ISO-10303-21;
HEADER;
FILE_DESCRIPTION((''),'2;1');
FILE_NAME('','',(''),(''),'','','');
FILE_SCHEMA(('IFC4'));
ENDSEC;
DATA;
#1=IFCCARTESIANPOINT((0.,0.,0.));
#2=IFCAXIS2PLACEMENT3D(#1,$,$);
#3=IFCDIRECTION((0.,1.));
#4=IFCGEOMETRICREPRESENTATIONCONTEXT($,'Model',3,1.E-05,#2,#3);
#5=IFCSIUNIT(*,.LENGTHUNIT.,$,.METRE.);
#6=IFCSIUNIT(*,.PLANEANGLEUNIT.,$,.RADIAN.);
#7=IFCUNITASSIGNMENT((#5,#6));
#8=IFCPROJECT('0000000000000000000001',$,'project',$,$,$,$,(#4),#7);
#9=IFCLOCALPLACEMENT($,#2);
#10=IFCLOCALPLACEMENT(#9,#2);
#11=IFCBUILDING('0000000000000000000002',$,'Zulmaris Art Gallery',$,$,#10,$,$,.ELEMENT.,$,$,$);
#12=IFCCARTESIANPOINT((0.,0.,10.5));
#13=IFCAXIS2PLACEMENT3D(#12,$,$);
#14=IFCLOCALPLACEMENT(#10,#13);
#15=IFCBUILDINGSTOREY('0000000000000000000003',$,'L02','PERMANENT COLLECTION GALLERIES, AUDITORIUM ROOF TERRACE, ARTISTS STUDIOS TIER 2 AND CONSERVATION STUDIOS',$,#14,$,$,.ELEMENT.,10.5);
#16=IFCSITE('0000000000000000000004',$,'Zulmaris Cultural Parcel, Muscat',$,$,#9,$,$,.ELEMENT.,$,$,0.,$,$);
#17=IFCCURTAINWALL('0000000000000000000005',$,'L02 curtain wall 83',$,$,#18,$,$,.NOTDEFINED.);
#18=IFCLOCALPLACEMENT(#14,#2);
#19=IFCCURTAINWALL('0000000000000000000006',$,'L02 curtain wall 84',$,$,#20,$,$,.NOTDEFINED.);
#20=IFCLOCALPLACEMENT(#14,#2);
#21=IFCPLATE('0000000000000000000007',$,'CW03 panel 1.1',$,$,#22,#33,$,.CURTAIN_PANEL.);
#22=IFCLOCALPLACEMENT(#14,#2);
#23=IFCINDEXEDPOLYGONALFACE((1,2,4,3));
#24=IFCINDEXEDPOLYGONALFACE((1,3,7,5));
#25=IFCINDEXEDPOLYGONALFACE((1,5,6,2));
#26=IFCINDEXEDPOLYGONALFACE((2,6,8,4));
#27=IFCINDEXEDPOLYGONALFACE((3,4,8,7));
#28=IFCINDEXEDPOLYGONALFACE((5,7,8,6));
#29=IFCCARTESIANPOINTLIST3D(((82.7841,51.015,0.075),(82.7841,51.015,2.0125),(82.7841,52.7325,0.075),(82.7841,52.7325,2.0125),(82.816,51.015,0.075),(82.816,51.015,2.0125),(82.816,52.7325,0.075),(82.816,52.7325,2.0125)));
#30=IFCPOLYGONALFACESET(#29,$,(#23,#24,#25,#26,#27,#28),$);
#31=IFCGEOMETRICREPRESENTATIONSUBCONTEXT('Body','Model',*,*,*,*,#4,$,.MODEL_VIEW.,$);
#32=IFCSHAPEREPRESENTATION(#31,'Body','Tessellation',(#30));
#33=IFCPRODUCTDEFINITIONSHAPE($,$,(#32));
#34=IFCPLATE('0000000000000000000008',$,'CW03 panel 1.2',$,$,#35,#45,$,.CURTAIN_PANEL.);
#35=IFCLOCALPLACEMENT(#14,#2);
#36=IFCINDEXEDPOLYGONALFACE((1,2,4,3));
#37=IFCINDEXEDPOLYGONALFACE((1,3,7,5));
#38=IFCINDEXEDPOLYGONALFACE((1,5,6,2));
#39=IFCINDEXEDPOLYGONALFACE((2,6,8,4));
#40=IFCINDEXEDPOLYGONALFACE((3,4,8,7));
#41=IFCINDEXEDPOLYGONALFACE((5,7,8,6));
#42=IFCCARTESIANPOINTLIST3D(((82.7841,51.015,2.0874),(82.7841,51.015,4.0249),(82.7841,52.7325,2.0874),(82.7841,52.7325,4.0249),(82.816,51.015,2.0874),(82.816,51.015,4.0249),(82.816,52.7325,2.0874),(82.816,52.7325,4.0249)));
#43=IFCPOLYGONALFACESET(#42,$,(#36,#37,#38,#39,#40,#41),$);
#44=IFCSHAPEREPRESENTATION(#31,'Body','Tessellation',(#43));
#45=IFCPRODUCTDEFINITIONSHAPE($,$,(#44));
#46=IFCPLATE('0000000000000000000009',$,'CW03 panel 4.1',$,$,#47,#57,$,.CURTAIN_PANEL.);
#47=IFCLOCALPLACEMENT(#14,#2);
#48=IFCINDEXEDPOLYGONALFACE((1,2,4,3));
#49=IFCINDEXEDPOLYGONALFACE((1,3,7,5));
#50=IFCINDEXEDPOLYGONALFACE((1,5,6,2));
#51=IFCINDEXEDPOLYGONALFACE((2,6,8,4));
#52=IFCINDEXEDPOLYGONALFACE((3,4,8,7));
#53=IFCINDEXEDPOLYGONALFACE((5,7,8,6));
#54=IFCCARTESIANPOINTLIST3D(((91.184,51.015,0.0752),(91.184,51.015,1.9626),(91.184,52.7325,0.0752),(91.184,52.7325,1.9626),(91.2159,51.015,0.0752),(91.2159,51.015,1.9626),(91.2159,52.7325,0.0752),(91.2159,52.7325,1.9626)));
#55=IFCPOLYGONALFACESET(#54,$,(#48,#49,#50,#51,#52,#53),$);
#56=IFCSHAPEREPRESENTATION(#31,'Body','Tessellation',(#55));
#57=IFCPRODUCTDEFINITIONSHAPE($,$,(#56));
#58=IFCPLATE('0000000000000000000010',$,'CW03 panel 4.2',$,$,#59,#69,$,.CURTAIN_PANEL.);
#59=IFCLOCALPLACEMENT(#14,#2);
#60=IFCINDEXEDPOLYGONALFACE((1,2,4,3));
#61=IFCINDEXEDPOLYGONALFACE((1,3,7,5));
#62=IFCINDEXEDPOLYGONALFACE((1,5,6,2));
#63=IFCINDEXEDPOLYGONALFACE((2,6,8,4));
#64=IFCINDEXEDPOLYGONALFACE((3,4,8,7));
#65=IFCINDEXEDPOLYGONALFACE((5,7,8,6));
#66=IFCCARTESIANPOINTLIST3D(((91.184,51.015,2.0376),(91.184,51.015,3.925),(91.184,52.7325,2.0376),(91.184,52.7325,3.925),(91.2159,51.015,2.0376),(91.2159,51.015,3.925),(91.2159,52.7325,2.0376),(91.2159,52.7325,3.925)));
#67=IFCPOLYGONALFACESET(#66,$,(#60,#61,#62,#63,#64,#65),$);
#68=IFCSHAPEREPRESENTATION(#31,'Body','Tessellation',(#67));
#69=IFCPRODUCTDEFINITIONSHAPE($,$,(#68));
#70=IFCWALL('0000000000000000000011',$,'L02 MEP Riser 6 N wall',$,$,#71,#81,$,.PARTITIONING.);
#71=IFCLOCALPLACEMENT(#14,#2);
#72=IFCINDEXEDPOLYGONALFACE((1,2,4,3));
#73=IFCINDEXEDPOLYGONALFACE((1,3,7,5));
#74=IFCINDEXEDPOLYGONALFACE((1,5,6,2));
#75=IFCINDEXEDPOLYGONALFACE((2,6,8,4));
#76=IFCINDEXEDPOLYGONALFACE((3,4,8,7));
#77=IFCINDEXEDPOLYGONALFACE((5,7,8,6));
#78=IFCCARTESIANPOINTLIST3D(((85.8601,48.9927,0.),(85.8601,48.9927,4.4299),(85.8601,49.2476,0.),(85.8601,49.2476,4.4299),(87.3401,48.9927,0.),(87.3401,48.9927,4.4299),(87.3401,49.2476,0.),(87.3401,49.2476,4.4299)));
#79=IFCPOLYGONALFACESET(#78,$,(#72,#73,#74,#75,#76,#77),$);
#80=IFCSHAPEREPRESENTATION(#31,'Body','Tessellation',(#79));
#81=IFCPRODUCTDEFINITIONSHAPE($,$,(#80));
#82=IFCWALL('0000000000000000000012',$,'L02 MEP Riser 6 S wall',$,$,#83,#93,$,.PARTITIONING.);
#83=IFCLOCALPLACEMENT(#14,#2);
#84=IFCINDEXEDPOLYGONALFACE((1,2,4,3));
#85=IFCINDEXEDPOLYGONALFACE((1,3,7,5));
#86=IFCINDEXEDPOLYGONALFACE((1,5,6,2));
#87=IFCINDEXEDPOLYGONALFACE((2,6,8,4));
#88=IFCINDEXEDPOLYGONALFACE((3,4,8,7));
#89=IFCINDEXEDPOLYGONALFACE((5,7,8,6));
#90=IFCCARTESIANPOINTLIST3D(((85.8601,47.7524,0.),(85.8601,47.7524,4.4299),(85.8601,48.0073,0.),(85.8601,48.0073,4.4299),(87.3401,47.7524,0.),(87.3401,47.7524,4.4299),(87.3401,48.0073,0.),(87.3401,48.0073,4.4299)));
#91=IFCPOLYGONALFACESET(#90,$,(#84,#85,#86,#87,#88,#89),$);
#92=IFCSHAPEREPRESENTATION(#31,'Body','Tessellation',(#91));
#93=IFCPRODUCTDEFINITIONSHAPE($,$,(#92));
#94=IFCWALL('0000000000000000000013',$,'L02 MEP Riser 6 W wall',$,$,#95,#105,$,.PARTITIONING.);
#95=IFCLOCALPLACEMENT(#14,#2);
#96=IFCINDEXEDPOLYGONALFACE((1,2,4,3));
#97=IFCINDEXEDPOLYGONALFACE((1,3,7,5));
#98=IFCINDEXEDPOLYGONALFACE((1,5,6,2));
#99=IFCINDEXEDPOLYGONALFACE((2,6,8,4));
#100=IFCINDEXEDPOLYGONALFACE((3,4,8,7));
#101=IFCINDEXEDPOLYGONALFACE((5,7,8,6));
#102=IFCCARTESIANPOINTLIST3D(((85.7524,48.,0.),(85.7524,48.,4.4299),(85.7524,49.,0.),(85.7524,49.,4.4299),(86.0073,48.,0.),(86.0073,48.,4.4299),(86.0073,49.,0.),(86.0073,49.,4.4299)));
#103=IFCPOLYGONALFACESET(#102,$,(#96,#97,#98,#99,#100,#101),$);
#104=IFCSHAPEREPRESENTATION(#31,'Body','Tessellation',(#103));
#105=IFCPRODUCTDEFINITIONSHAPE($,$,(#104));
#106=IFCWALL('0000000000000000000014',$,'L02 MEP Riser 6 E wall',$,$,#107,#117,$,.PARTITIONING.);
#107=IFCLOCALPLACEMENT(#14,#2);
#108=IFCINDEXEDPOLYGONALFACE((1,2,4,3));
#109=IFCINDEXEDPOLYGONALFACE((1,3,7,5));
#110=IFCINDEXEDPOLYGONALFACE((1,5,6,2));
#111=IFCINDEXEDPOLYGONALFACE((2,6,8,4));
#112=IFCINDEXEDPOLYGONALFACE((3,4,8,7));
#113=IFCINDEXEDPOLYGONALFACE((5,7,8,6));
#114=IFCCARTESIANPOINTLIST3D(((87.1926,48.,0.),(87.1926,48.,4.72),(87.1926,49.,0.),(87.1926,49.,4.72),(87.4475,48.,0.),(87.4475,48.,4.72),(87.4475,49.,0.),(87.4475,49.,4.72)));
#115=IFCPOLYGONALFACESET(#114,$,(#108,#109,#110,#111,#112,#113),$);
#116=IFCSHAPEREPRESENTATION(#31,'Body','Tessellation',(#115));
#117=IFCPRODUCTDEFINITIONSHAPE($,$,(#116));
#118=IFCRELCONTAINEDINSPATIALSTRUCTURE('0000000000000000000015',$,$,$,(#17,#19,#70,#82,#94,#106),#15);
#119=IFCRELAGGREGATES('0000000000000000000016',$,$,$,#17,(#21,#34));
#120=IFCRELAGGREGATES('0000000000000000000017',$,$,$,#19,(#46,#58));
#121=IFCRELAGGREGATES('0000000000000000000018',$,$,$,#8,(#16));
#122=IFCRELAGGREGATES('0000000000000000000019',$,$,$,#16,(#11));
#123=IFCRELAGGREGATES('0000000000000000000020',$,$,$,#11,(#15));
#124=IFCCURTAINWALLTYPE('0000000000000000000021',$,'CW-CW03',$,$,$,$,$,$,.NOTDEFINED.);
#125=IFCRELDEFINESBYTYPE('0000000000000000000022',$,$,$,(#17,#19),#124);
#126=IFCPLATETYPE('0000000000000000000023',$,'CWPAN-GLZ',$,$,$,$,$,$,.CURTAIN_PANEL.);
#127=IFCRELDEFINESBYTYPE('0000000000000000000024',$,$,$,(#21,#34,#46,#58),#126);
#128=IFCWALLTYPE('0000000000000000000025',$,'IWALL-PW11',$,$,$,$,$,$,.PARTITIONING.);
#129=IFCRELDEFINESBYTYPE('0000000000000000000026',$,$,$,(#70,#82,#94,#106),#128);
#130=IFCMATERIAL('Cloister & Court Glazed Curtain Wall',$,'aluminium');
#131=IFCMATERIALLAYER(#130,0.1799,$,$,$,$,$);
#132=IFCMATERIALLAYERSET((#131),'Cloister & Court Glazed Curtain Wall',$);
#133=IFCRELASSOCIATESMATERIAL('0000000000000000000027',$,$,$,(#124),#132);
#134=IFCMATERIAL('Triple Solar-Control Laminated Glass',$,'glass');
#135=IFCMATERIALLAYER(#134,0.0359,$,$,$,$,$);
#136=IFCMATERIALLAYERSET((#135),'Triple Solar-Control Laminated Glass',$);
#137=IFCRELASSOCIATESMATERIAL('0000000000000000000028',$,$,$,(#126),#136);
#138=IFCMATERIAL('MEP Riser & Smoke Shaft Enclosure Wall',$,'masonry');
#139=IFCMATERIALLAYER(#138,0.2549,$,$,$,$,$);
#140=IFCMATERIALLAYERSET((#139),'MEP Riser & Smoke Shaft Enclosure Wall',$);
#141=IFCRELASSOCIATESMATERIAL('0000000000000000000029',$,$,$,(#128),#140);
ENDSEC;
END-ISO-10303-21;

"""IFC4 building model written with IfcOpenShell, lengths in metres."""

from ifc_helpers import new_model, si_unit, direction, frame, frame_2d, origin, origin_2d, place, context, subcontext, project, spatial, rectangle, extrude, material, layer, layer_set, type_object, element, aggregate, save


model = new_model("IFC4")

# Units and contexts
model_context = context("Model", 3, precision=1e-05, world=origin(), true_north=direction((0.0, 1.0)))
body_context = subcontext(model_context, "Body", "Model", "MODEL_VIEW")
ifc_project = project(units=[si_unit("LENGTHUNIT", "METRE"), si_unit("PLANEANGLEUNIT", "RADIAN")], contexts=[model_context])

# Site, building, storey
site_placement = place(None, origin())
site = spatial("IfcSite", under=ifc_project, at=site_placement, Name="Zulmaris Cultural Parcel, Muscat", CompositionType="ELEMENT", RefElevation=0.0)
building_placement = place(site_placement, origin())
building = spatial("IfcBuilding", under=site, at=building_placement, Name="Zulmaris Art Gallery", CompositionType="ELEMENT")
storey_placement = place(building_placement, frame((0.0, 0.0, 10.5)))
storey = spatial("IfcBuildingStorey", under=building, at=storey_placement, Name="L02", Description="PERMANENT COLLECTION GALLERIES, AUDITORIUM ROOF TERRACE, ARTISTS STUDIOS TIER 2 AND CONSERVATION STUDIOS", CompositionType="ELEMENT", Elevation=10.5)

# Curtain walls
ifc_material_1 = material(Name="Cloister & Court Glazed Curtain Wall", Category="aluminium")
ifc_layer_1 = layer(ifc_material_1, 0.1799)
ifc_layer_set_1 = layer_set([ifc_layer_1], Name="Cloister & Court Glazed Curtain Wall")
curtain_wall_type = type_object("IfcCurtainWallType", Name="CW-CW03", PredefinedType="NOTDEFINED", material=ifc_layer_set_1)
curtain_wall_1_placement = place(storey_placement, origin())
curtain_wall_1 = element("IfcCurtainWall", 1, at=curtain_wall_1_placement, inside=storey, type_object=curtain_wall_type, Name="L02 curtain wall 83", PredefinedType="NOTDEFINED")
curtain_wall_2_placement = place(storey_placement, origin())
curtain_wall_2 = element("IfcCurtainWall", 2, at=curtain_wall_2_placement, inside=storey, type_object=curtain_wall_type, Name="L02 curtain wall 84", PredefinedType="NOTDEFINED")

# Plates
ifc_material_2 = material(Name="Triple Solar-Control Laminated Glass", Category="glass")
ifc_layer_2 = layer(ifc_material_2, 0.0359)
ifc_layer_set_2 = layer_set([ifc_layer_2], Name="Triple Solar-Control Laminated Glass")
plate_type = type_object("IfcPlateType", Name="CWPAN-GLZ", PredefinedType="CURTAIN_PANEL", material=ifc_layer_set_2)
plate_1_placement = place(storey_placement, frame((82.8, 51.8738, 0.075), z_axis=(0.0, 0.0, 1.0), x_axis=(0.0, 1.0, 0.0)))
plate_1 = element("IfcPlate", 3, at=plate_1_placement, type_object=plate_type, Name="CW03 panel 1.1", PredefinedType="CURTAIN_PANEL", context=body_context, shape_type="SweptSolid", body=[
    extrude(rectangle(XDim=1.7175, YDim=0.032, at=origin_2d()), origin(), (0.0, 0.0, 1.0), 1.9375),
])
plate_2_placement = place(storey_placement, frame((82.8, 51.8738, 2.0874), z_axis=(0.0, 0.0, 1.0), x_axis=(0.0, 1.0, 0.0)))
plate_2 = element("IfcPlate", 4, at=plate_2_placement, type_object=plate_type, Name="CW03 panel 1.2", PredefinedType="CURTAIN_PANEL", context=body_context, shape_type="SweptSolid", body=[
    extrude(rectangle(XDim=1.7175, YDim=0.032, at=origin_2d()), origin(), (0.0, 0.0, 1.0), 1.9375),
])
aggregate(curtain_wall_1, [plate_1, plate_2])
plate_3_placement = place(storey_placement, frame((91.2, 51.8738, 0.0752), z_axis=(0.0, 0.0, 1.0), x_axis=(0.0, -1.0, 0.0)))
plate_3 = element("IfcPlate", 5, at=plate_3_placement, type_object=plate_type, Name="CW03 panel 4.1", PredefinedType="CURTAIN_PANEL", context=body_context, shape_type="SweptSolid", body=[
    extrude(rectangle(XDim=1.7175, YDim=0.032, at=origin_2d()), origin(), (0.0, 0.0, 1.0), 1.8875),
])
plate_4_placement = place(storey_placement, frame((91.2, 51.8738, 2.0376), z_axis=(0.0, 0.0, 1.0), x_axis=(0.0, -1.0, 0.0)))
plate_4 = element("IfcPlate", 6, at=plate_4_placement, type_object=plate_type, Name="CW03 panel 4.2", PredefinedType="CURTAIN_PANEL", context=body_context, shape_type="SweptSolid", body=[
    extrude(rectangle(XDim=1.7175, YDim=0.032, at=origin_2d()), origin(), (0.0, 0.0, 1.0), 1.8875),
])
aggregate(curtain_wall_2, [plate_3, plate_4])

# Walls
ifc_material_3 = material(Name="MEP Riser & Smoke Shaft Enclosure Wall", Category="masonry")
ifc_layer_3 = layer(ifc_material_3, 0.2549)
ifc_layer_set_3 = layer_set([ifc_layer_3], Name="MEP Riser & Smoke Shaft Enclosure Wall")
wall_type = type_object("IfcWallType", Name="IWALL-PW11", PredefinedType="PARTITIONING", material=ifc_layer_set_3)
for number, where, z_axis, x_axis, name in (
    (7, (85.8601, 49.1201, 0.0), (0.0, 0.0, 1.0), (1.0, 0.0, 0.0), "L02 MEP Riser 6 N wall"),
    (8, (85.8601, 47.8799, 0.0), (0.0, 0.0, 1.0), (1.0, 0.0, 0.0), "L02 MEP Riser 6 S wall"),
):
    element("IfcWall", number, at=place(storey_placement, frame(where, z_axis=z_axis, x_axis=x_axis)), inside=storey, type_object=wall_type, Name=name, PredefinedType="PARTITIONING", context=body_context, shape_type="SweptSolid", body=[
        extrude(rectangle(XDim=1.48, YDim=0.2549, at=frame_2d((0.74, 0.0))), origin(), (0.0, 0.0, 1.0), 4.4299),
    ])
wall_1_placement = place(storey_placement, frame((85.8799, 48.0, 0.0), z_axis=(0.0, 0.0, 1.0), x_axis=(0.0, 1.0, 0.0)))
element("IfcWall", 9, at=wall_1_placement, inside=storey, type_object=wall_type, Name="L02 MEP Riser 6 W wall", PredefinedType="PARTITIONING", context=body_context, shape_type="SweptSolid", body=[
    extrude(rectangle(XDim=1.0, YDim=0.2549, at=frame_2d((0.5, 0.0))), origin(), (0.0, 0.0, 1.0), 4.4299),
])
wall_2_placement = place(storey_placement, frame((87.3201, 48.0, 0.0), z_axis=(0.0, 0.0, 1.0), x_axis=(0.0, 1.0, 0.0)))
element("IfcWall", 10, at=wall_2_placement, inside=storey, type_object=wall_type, Name="L02 MEP Riser 6 E wall", PredefinedType="PARTITIONING", context=body_context, shape_type="SweptSolid", body=[
    extrude(rectangle(XDim=1.0, YDim=0.2549, at=frame_2d((0.5, 0.0))), origin(), (0.0, 0.0, 1.0), 4.72),
])

save(model, "model.ifc")
